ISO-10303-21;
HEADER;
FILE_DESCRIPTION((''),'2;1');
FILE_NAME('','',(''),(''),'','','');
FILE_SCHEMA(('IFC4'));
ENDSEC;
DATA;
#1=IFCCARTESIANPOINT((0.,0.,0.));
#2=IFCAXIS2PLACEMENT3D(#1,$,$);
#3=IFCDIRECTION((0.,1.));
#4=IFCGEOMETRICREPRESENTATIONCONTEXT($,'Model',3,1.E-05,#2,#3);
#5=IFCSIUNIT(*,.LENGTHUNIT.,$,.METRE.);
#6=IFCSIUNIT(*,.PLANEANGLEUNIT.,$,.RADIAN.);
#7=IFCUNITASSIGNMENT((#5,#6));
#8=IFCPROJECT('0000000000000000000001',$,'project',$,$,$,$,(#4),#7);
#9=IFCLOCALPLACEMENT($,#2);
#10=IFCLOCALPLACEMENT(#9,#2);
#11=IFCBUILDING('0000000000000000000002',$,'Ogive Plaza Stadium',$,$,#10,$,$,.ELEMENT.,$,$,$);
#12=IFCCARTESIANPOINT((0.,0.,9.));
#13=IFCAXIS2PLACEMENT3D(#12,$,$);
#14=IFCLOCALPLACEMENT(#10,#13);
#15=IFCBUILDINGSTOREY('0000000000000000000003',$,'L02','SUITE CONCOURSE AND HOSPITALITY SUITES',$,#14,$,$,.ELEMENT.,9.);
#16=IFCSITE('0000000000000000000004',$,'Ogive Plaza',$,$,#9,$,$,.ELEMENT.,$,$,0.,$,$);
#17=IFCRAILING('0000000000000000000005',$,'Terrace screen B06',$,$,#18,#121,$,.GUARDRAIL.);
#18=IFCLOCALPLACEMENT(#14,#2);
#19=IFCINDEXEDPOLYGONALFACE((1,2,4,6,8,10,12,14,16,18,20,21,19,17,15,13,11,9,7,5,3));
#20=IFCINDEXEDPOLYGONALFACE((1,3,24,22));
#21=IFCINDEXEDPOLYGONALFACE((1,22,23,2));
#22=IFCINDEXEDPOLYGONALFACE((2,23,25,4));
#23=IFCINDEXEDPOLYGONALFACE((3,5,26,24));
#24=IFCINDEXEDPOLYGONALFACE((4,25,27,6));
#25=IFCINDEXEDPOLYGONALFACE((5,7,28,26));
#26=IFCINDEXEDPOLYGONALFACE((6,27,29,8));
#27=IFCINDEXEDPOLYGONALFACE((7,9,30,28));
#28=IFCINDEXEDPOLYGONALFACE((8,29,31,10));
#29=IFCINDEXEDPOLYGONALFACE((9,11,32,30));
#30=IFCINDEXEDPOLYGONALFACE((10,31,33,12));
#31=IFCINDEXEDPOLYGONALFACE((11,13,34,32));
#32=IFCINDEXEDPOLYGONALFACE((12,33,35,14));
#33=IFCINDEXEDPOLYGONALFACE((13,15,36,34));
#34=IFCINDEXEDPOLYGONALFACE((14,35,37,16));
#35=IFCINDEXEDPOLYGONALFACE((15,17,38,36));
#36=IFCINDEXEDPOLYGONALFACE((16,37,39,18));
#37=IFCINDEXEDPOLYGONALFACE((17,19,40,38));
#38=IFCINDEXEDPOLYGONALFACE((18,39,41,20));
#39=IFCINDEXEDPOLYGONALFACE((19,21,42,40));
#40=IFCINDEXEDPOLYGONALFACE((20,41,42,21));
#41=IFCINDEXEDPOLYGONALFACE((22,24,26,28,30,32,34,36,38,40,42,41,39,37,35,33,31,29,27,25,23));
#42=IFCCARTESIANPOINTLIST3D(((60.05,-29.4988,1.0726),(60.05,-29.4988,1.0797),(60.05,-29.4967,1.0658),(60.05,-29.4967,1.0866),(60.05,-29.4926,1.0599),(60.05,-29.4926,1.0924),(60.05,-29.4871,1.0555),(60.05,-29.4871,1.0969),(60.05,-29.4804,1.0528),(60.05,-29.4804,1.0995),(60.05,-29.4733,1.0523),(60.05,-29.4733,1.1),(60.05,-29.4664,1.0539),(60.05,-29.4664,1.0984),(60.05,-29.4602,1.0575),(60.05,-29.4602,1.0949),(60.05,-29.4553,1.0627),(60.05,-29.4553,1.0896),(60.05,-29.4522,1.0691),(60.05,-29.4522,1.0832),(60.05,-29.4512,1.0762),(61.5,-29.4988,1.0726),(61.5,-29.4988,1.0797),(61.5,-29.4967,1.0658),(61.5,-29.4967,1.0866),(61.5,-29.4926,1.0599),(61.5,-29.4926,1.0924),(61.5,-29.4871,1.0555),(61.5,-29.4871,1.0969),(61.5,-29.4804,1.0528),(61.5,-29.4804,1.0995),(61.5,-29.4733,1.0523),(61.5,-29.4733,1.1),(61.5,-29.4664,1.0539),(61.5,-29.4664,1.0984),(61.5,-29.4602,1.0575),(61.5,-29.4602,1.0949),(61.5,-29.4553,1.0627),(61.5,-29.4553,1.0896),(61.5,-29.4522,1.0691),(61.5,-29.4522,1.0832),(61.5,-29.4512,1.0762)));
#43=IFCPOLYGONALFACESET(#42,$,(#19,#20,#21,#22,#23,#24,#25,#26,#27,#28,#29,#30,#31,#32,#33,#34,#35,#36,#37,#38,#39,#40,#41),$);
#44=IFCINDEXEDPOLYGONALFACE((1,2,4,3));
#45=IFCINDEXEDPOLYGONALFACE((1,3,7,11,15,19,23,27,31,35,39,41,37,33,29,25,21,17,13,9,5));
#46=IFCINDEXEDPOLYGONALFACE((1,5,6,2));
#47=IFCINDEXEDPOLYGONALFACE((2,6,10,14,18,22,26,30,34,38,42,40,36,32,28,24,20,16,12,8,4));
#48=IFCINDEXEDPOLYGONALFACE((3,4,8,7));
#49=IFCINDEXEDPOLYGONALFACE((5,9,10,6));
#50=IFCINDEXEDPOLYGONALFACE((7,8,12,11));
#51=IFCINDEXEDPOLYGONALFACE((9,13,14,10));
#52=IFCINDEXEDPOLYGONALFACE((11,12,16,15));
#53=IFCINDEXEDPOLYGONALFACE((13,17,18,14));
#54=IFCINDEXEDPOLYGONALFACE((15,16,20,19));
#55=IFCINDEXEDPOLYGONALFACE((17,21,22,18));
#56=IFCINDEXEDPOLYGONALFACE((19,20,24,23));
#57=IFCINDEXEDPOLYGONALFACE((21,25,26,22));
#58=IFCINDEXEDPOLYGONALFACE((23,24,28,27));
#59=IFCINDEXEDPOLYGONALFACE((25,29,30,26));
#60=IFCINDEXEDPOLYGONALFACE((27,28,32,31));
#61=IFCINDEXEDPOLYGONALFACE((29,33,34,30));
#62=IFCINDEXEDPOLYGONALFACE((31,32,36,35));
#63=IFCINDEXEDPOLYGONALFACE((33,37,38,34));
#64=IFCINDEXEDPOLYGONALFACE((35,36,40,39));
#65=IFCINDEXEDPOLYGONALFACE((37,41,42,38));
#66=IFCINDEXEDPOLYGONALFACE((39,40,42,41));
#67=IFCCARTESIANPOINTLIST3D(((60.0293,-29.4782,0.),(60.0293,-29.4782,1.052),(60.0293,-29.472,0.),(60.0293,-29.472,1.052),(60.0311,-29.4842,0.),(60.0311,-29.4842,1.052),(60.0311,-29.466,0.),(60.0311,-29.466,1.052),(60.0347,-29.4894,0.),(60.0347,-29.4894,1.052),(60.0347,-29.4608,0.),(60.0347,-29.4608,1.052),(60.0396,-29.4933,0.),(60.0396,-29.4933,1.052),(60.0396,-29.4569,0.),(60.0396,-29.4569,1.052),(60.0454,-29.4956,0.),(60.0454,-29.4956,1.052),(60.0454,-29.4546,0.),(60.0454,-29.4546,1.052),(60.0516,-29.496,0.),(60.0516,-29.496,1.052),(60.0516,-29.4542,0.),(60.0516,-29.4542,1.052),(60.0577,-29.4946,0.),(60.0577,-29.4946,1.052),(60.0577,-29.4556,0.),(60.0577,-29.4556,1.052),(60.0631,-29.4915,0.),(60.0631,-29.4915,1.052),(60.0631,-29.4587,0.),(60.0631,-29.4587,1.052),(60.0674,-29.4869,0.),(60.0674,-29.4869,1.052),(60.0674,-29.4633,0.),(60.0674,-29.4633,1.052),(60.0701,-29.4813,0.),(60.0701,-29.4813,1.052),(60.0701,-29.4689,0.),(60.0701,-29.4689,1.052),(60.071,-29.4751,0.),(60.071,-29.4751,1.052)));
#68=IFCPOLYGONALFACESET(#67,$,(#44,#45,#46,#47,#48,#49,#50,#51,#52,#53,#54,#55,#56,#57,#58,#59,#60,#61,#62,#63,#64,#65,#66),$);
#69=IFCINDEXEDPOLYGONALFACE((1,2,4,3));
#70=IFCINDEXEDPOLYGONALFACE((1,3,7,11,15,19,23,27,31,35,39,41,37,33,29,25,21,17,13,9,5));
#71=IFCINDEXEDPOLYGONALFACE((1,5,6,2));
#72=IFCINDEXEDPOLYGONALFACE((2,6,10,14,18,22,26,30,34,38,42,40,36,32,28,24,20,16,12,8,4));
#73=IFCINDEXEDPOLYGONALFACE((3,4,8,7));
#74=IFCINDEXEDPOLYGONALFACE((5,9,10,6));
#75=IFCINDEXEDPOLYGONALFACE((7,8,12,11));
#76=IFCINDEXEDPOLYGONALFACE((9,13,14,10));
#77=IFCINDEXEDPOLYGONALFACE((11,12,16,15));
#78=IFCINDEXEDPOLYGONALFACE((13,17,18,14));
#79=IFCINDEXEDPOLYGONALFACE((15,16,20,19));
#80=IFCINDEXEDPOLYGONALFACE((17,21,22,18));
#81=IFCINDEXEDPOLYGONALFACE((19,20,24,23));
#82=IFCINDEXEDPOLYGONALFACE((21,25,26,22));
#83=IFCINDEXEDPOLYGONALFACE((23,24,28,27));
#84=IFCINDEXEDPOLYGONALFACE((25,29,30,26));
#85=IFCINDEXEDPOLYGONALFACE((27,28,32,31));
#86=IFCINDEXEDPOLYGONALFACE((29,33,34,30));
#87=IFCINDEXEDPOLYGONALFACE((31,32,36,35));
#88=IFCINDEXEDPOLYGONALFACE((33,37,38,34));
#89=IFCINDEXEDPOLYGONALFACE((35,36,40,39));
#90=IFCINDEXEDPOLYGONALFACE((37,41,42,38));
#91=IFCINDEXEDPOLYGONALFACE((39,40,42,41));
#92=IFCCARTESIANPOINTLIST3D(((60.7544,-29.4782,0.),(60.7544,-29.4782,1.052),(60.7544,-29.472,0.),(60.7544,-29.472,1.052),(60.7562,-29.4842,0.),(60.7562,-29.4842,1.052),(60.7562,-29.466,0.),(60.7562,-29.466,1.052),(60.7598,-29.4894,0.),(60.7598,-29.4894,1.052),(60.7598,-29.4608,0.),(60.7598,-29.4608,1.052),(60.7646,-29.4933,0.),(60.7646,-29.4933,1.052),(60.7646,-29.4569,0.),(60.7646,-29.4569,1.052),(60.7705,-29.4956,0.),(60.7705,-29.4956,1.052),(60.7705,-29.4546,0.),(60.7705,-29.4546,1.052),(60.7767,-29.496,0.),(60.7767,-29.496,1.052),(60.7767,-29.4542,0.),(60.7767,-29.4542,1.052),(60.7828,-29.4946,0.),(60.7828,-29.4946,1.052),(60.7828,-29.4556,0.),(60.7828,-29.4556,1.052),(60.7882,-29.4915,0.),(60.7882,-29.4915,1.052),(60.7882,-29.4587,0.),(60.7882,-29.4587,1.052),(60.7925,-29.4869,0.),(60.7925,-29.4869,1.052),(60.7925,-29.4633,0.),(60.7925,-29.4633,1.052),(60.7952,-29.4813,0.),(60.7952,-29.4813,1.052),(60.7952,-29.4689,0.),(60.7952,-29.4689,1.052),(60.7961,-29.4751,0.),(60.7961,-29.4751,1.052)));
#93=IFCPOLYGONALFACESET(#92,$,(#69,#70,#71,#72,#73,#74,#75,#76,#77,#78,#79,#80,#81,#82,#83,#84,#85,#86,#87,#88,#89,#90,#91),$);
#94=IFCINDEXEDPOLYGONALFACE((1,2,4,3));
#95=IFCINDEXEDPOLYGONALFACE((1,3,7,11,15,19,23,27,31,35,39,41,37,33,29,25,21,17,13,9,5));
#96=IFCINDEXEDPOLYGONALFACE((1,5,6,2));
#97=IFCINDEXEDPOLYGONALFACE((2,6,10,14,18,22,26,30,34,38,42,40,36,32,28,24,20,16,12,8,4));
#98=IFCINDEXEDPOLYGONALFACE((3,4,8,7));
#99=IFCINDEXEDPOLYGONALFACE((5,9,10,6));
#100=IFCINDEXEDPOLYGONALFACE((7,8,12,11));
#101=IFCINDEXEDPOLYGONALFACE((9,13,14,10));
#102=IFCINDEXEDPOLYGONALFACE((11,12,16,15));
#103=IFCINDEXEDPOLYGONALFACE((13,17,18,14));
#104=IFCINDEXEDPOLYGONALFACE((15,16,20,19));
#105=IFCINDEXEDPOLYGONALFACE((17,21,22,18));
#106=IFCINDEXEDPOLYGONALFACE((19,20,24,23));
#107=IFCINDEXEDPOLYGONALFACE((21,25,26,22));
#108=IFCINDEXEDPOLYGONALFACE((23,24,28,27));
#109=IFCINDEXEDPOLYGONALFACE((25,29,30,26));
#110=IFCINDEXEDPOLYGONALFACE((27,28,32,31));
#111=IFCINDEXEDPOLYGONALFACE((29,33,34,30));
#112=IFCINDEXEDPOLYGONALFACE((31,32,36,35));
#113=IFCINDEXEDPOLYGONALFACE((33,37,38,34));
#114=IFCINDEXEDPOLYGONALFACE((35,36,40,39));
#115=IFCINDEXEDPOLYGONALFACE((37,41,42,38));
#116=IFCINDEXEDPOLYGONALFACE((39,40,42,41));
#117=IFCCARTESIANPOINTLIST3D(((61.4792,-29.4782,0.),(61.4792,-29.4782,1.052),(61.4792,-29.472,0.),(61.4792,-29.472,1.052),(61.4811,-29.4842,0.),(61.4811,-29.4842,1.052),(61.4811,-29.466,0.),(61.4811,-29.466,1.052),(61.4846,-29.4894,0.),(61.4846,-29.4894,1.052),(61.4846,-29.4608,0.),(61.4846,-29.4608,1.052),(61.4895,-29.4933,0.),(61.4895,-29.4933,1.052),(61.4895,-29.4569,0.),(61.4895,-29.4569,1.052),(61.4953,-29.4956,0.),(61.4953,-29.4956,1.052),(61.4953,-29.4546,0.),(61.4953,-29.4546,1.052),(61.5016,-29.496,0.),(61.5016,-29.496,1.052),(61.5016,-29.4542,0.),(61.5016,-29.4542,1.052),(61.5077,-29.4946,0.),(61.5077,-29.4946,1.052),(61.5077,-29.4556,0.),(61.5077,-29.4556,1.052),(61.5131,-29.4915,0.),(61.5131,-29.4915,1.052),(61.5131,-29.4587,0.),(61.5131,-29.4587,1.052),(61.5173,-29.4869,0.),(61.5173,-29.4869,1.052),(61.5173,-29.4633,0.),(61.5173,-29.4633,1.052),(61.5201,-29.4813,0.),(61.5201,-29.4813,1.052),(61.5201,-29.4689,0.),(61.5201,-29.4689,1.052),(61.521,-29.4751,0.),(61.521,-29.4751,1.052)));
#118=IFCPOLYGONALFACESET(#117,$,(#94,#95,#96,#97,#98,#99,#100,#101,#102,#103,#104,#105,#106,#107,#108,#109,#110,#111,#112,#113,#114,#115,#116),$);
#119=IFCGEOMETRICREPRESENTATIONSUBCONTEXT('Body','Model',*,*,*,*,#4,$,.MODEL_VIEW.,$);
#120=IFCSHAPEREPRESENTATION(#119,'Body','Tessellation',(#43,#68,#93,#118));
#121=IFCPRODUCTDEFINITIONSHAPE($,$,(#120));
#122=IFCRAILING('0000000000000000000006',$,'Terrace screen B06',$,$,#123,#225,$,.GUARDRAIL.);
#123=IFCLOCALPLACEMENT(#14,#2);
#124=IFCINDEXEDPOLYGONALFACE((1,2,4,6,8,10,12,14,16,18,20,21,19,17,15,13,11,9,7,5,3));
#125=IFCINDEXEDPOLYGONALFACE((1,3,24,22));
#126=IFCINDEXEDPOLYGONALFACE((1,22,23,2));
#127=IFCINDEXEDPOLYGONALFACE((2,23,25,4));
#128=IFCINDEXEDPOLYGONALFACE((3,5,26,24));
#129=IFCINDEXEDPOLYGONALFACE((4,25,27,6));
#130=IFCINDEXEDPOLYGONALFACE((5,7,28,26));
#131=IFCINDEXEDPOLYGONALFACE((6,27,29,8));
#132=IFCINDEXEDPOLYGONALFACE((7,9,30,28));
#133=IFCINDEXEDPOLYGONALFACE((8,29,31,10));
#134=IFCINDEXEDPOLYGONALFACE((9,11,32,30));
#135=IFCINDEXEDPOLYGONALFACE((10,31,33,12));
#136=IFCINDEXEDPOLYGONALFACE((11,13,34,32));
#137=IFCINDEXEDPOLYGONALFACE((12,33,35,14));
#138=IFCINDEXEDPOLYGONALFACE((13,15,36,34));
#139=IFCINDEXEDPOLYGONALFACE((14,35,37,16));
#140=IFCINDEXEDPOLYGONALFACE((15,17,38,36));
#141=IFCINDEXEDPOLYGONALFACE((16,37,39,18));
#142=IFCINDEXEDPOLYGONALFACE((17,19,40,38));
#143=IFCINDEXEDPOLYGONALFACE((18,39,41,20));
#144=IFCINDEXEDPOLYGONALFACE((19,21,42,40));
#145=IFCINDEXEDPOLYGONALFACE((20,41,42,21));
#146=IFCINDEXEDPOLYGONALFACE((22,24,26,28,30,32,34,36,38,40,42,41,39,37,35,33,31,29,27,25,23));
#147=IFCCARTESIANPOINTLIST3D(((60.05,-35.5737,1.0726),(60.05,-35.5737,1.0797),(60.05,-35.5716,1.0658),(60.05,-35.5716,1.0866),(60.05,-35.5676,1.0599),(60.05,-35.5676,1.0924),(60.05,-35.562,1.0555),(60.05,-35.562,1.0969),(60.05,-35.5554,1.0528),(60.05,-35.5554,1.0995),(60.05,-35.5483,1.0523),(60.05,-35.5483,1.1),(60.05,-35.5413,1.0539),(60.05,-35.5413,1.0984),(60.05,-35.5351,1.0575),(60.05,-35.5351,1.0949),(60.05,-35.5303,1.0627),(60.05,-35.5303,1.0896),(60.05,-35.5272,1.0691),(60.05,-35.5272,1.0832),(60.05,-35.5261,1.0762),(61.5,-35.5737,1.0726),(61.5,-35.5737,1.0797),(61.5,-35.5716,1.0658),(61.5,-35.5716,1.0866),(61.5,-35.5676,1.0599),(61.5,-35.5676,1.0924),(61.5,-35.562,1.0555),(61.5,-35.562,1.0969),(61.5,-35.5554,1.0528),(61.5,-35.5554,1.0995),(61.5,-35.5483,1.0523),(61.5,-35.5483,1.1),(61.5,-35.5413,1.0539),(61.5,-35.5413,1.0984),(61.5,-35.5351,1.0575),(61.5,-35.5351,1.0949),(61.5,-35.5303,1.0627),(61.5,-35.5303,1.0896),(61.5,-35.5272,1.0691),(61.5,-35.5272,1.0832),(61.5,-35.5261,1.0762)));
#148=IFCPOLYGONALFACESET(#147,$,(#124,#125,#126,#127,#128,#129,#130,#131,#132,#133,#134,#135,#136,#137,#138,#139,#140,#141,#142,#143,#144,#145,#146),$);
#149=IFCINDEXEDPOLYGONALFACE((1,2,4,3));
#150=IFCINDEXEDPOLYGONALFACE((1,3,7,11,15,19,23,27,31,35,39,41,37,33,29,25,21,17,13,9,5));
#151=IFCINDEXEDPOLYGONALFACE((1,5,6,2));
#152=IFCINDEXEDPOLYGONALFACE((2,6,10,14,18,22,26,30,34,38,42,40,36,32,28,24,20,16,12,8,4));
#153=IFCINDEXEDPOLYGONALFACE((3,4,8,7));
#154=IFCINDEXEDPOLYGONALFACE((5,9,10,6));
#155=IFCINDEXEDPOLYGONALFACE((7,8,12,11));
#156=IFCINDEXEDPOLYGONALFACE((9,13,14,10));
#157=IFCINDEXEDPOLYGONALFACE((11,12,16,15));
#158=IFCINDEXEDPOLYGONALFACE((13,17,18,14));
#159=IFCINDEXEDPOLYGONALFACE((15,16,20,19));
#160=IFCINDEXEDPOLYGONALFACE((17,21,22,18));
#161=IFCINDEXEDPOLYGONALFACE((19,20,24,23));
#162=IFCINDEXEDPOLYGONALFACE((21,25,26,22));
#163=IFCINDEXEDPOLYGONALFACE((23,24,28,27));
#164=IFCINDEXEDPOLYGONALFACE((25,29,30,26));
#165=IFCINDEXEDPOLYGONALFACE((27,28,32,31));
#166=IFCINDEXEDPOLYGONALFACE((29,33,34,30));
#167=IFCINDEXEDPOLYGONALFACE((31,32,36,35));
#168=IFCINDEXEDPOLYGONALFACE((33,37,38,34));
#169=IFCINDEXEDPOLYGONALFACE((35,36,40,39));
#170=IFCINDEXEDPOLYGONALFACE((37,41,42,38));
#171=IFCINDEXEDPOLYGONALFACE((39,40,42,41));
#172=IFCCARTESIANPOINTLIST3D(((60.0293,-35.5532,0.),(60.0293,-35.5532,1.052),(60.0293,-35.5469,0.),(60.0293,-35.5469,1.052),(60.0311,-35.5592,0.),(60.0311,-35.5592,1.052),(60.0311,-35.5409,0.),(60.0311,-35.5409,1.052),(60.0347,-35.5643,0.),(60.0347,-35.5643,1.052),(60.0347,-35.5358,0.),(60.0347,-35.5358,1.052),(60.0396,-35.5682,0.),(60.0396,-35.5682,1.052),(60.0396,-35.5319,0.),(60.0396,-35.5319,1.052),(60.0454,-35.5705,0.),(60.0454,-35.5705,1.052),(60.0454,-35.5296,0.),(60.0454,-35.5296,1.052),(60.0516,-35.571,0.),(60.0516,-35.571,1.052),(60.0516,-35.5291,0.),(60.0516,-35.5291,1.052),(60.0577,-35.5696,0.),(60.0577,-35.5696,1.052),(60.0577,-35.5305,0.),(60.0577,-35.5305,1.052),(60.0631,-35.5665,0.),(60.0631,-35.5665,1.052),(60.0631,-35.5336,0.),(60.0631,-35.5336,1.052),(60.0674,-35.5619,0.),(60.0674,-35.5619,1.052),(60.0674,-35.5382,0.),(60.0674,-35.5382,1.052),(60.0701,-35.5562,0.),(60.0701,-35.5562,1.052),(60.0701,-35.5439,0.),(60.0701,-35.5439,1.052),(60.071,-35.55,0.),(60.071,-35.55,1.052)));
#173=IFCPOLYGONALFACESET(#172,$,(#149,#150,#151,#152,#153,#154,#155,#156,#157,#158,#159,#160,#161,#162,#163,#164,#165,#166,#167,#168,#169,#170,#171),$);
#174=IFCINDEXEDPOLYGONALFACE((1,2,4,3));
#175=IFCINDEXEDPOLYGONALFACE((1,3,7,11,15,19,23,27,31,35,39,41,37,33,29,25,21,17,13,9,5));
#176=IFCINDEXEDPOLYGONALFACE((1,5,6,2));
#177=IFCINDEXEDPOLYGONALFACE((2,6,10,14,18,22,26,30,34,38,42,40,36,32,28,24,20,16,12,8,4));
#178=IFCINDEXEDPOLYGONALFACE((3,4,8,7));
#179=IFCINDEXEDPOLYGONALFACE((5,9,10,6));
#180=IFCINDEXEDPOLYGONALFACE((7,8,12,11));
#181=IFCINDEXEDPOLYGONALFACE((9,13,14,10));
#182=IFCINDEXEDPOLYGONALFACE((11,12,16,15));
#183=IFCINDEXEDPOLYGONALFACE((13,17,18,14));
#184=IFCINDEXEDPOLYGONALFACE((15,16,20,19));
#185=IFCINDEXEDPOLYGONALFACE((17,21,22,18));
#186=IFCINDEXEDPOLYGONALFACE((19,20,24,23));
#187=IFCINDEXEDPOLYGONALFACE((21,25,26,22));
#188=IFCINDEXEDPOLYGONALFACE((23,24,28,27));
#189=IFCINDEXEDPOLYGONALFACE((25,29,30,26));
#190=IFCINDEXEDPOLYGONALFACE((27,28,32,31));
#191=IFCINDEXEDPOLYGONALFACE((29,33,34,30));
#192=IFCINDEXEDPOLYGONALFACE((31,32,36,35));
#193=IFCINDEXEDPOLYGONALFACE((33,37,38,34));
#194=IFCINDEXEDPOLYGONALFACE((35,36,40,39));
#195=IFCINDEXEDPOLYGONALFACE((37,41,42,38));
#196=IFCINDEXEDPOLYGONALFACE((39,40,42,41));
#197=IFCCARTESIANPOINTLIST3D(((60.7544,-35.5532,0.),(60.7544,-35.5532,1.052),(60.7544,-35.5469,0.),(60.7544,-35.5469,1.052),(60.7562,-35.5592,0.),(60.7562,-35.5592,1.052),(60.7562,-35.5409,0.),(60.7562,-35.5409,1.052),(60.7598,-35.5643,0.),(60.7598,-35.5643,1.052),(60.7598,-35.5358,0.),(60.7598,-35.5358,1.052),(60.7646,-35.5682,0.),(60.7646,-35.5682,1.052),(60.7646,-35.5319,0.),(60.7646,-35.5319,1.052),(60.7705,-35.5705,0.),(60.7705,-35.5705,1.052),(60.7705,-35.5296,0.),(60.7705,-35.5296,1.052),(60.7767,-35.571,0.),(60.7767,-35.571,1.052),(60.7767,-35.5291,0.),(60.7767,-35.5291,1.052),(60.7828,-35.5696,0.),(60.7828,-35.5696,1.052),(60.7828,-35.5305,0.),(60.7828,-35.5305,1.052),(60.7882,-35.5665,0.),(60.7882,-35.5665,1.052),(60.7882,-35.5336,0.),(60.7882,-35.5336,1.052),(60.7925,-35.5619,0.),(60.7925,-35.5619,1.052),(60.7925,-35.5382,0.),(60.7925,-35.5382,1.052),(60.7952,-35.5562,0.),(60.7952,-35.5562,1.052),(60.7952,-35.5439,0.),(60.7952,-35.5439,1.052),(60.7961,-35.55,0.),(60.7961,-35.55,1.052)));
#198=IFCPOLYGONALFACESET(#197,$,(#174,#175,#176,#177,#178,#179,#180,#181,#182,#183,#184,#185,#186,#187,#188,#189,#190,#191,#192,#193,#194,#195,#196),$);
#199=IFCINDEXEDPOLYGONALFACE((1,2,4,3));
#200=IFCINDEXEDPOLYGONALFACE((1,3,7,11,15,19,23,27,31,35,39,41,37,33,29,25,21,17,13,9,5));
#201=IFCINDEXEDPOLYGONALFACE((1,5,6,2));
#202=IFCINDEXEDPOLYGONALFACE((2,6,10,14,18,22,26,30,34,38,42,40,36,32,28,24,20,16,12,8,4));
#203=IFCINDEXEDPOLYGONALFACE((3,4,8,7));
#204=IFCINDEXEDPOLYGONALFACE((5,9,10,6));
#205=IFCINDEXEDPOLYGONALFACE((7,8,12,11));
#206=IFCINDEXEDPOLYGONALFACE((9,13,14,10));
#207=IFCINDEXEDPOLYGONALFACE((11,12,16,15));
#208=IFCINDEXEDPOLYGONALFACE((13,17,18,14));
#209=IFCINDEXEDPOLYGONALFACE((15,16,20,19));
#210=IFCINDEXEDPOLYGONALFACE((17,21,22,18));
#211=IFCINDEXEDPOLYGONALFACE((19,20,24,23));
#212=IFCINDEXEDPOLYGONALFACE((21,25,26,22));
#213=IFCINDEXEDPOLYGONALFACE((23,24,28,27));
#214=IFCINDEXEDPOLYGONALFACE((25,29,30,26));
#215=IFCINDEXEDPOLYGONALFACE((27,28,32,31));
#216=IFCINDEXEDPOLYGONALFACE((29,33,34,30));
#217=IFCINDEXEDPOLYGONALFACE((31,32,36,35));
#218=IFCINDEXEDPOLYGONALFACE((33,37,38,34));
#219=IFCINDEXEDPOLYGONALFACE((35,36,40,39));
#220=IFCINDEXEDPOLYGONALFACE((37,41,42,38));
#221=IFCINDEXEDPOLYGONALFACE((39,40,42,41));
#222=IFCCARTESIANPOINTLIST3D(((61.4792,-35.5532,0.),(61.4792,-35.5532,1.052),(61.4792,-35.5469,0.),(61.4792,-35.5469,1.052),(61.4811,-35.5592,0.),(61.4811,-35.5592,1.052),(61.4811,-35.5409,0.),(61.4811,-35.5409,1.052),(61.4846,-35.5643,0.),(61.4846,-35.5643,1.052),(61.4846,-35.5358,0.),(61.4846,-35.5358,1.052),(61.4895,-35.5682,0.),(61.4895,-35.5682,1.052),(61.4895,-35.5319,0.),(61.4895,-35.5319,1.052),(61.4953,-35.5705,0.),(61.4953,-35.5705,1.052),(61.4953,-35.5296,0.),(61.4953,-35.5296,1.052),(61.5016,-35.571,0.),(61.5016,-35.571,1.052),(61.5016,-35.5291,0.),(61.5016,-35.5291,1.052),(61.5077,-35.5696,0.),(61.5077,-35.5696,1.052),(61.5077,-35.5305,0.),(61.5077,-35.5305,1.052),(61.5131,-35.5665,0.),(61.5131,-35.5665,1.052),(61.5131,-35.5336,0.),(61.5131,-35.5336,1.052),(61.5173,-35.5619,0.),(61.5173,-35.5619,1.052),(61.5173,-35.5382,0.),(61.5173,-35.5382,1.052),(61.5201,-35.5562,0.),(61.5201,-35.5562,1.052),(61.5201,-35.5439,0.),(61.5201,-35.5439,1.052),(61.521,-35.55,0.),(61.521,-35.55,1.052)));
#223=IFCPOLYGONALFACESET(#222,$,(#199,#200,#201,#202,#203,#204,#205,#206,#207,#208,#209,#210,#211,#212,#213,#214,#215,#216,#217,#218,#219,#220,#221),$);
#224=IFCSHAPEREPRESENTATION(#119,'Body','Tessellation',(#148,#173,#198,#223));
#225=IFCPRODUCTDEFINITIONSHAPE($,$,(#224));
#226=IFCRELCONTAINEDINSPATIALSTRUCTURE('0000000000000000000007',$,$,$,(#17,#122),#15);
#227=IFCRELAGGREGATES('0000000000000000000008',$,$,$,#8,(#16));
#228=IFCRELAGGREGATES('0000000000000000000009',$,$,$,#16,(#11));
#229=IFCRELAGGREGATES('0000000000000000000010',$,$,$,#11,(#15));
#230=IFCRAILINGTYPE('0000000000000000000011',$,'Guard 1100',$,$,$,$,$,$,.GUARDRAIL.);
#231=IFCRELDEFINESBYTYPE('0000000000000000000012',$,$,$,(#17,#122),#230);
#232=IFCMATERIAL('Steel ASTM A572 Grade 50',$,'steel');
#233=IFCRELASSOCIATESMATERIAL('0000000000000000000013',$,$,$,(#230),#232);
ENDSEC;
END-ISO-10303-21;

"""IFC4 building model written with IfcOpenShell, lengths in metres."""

from ifc_helpers import new_model, si_unit, direction, frame, origin, origin_2d, place, context, subcontext, project, spatial, circle, extrude, material, type_object, element, save


model = new_model("IFC4")

# Units and contexts
model_context = context("Model", 3, precision=1e-05, world=origin(), true_north=direction((0.0, 1.0)))
body_context = subcontext(model_context, "Body", "Model", "MODEL_VIEW")
ifc_project = project(units=[si_unit("LENGTHUNIT", "METRE"), si_unit("PLANEANGLEUNIT", "RADIAN")], contexts=[model_context])

# Site, building, storey
site_placement = place(None, origin())
site = spatial("IfcSite", under=ifc_project, at=site_placement, Name="Ogive Plaza", CompositionType="ELEMENT", RefElevation=0.0)
building_placement = place(site_placement, origin())
building = spatial("IfcBuilding", under=site, at=building_placement, Name="Ogive Plaza Stadium", CompositionType="ELEMENT")
storey_placement = place(building_placement, frame((0.0, 0.0, 9.0)))
storey = spatial("IfcBuildingStorey", under=building, at=storey_placement, Name="L02", Description="SUITE CONCOURSE AND HOSPITALITY SUITES", CompositionType="ELEMENT", Elevation=9.0)

# Railings
ifc_material_1 = material(Name="Steel ASTM A572 Grade 50", Category="steel")
railing_type = type_object("IfcRailingType", Name="Guard 1100", PredefinedType="GUARDRAIL", material=ifc_material_1)
for number, where, name in (
    (1, (60.05, -29.4751, 0.0), "Terrace screen B06"),
    (2, (60.05, -35.55, 0.0), "Terrace screen B06"),
):
    element("IfcRailing", number, at=place(storey_placement, frame(where)), inside=storey, type_object=railing_type, Name=name, PredefinedType="GUARDRAIL", context=body_context, shape_type="SweptSolid", body=[
        extrude(circle(Radius=0.0239, at=origin_2d()), frame((0.0, 0.0, 1.0762), z_axis=(1.0, 0.0, 0.0), x_axis=(0.0, 1.0, 0.0)), (0.0, 0.0, 1.0), 1.45),
        extrude(circle(Radius=0.021, at=origin_2d()), origin(), (0.0, 0.0, 1.0), 1.052),
        extrude(circle(Radius=0.021, at=origin_2d()), frame((0.7251, 0.0, 0.0)), (0.0, 0.0, 1.0), 1.052),
        extrude(circle(Radius=0.021, at=origin_2d()), frame((1.45, 0.0, 0.0)), (0.0, 0.0, 1.0), 1.052),
    ])

save(model, "model.ifc")
